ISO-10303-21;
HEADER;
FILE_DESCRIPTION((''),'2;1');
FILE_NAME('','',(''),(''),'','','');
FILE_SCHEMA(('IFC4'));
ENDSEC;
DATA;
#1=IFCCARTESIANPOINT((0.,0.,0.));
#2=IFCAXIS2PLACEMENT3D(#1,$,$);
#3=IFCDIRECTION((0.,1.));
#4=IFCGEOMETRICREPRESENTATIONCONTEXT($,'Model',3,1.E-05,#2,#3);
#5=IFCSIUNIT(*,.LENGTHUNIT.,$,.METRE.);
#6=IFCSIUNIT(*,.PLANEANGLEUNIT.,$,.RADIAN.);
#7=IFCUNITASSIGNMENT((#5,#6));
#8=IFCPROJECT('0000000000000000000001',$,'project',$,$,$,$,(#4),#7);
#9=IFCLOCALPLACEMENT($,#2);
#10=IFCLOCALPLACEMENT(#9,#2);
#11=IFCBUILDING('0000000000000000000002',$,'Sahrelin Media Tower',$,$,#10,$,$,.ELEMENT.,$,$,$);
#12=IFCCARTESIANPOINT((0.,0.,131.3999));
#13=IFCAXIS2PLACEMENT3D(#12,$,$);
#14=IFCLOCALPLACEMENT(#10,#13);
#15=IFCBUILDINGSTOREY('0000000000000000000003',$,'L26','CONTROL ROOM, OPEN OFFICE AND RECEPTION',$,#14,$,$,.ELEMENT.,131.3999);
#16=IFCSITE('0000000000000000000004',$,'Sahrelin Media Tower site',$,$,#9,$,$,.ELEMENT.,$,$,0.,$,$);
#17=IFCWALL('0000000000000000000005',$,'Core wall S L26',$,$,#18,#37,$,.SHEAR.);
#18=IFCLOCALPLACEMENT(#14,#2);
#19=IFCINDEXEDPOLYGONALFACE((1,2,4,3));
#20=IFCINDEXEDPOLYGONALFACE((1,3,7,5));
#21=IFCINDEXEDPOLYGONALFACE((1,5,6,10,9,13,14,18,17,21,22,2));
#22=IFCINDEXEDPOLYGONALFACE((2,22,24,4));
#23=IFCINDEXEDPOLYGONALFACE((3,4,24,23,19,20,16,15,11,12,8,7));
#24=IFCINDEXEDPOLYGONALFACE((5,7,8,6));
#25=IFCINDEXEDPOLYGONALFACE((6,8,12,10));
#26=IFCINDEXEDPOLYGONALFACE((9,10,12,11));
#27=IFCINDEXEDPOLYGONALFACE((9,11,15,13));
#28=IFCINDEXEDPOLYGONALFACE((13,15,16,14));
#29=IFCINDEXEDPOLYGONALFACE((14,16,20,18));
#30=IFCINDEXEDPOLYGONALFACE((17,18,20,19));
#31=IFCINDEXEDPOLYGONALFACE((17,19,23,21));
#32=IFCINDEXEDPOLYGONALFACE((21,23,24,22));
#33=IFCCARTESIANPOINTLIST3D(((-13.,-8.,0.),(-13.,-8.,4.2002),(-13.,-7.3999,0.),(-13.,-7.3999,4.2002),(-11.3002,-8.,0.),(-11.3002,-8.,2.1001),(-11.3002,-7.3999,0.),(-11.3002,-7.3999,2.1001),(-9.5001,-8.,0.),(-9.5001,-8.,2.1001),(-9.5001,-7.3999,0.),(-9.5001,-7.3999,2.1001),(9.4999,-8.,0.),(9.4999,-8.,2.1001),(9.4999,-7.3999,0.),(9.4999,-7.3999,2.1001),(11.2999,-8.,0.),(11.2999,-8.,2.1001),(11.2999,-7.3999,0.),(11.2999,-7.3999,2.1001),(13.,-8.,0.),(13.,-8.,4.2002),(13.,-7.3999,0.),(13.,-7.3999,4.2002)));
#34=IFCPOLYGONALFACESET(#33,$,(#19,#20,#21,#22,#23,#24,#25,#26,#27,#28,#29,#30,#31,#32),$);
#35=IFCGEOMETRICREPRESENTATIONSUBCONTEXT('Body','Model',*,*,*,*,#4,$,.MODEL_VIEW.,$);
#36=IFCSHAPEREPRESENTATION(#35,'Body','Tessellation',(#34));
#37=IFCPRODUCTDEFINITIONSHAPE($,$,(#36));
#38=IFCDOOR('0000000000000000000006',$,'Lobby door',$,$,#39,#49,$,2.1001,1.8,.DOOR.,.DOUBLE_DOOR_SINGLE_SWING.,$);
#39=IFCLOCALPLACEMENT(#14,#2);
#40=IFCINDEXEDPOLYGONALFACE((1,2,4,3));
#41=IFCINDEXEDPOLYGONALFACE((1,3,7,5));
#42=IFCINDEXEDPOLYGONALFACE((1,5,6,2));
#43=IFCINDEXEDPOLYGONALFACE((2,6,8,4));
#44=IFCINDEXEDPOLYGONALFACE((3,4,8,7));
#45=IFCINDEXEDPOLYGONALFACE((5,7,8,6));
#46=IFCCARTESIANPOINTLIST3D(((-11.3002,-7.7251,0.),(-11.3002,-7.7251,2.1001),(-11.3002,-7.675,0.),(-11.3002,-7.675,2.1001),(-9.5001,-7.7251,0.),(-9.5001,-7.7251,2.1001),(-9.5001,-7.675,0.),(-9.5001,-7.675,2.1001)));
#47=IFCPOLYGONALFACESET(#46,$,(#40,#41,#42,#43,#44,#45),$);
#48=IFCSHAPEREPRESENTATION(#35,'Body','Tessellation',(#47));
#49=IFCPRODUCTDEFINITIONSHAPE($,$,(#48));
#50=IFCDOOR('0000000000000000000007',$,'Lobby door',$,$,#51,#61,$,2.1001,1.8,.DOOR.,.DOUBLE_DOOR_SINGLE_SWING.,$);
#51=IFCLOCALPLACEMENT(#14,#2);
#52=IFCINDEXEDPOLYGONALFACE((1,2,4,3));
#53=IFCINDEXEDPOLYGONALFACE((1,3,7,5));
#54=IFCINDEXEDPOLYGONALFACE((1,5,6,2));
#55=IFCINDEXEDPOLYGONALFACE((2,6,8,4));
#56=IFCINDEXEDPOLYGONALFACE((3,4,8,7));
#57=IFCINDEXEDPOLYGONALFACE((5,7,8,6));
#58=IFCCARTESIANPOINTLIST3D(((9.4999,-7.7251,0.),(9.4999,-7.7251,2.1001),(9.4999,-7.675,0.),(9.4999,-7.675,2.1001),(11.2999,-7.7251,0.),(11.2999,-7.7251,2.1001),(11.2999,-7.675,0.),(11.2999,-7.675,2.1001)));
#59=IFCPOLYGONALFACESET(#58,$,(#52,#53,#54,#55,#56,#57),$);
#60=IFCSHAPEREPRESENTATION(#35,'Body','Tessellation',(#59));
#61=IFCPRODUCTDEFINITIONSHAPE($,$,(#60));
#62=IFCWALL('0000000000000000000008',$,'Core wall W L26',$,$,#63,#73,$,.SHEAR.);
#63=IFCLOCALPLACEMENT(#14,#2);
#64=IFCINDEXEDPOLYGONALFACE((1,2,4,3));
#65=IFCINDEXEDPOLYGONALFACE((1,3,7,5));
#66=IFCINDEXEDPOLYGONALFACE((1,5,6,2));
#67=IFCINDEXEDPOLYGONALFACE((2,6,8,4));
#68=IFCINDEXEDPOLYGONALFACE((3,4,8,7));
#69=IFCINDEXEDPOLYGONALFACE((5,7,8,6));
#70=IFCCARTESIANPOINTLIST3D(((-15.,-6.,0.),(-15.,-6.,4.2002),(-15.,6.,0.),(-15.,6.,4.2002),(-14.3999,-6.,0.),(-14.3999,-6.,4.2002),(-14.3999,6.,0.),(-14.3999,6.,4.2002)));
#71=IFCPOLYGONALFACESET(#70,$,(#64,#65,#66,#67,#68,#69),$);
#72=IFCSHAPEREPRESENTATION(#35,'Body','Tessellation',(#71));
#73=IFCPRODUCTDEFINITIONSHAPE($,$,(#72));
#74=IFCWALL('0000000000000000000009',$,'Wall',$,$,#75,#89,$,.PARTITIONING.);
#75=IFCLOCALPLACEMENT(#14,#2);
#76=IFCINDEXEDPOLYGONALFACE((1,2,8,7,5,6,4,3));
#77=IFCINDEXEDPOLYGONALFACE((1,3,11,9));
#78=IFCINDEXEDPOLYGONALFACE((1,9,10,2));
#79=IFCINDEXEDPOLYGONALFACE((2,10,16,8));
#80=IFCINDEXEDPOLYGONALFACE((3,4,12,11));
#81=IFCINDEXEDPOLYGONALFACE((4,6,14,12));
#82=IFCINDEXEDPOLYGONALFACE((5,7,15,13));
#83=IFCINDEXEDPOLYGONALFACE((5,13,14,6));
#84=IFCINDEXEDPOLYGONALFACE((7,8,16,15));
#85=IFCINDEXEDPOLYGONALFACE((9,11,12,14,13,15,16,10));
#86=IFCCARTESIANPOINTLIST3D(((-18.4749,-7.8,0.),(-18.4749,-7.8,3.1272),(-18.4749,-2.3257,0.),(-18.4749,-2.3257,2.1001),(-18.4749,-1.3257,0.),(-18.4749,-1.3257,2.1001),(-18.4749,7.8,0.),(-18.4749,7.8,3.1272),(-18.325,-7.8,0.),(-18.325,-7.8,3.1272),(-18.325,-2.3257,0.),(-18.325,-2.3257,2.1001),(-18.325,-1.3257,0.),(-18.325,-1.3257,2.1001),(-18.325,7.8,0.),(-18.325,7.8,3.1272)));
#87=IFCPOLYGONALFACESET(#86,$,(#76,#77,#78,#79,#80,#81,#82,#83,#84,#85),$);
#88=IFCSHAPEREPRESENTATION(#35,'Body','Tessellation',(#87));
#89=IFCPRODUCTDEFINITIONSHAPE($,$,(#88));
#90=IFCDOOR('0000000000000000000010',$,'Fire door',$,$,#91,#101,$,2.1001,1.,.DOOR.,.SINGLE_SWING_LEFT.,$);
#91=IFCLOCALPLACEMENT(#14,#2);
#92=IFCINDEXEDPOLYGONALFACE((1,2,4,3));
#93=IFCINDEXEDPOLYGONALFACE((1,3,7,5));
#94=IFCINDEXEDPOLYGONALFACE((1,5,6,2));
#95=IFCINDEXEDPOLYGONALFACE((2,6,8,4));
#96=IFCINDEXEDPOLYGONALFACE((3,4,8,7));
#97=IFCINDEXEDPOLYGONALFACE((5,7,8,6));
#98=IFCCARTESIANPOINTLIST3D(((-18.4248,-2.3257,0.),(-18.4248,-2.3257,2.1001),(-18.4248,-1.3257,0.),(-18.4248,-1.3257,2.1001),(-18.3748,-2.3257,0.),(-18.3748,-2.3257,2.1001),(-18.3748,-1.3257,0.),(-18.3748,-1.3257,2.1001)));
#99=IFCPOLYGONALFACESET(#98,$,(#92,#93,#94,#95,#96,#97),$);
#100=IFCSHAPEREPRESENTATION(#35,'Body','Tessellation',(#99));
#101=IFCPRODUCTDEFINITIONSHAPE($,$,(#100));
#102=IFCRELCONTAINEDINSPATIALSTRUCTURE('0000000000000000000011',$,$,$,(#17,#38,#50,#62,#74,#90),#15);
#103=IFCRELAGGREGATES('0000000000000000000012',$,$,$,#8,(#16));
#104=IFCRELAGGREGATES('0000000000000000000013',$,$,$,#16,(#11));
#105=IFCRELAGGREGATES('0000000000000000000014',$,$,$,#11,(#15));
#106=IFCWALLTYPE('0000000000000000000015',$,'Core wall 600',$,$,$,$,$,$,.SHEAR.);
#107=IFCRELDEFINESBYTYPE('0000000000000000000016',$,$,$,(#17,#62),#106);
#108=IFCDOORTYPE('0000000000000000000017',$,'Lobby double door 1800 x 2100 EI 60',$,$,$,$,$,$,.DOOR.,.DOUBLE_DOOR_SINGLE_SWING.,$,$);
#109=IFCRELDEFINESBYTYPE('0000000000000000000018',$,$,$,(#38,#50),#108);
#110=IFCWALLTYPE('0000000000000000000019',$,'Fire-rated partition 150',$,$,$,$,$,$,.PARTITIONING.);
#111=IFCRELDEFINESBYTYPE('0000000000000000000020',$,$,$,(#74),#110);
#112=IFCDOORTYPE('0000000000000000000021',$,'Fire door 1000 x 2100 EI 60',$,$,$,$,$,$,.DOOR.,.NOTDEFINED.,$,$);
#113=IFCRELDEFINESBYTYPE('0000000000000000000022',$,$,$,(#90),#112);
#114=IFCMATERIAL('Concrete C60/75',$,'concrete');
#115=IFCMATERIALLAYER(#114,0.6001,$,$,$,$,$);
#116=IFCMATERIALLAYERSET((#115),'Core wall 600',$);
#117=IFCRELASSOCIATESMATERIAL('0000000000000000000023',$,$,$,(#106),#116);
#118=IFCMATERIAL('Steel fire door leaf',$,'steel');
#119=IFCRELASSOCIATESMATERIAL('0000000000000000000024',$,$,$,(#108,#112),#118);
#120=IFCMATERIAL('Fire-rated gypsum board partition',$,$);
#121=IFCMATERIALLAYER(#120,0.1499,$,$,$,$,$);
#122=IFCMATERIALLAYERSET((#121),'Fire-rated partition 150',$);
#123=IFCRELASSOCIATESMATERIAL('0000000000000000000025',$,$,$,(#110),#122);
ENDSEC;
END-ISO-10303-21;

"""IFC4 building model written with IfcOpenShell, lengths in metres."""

from ifc_helpers import new_model, si_unit, direction, frame, frame_2d, origin, place, context, subcontext, project, spatial, rectangle, extrude, material, layer, layer_set, type_object, element, fill, save


model = new_model("IFC4")

# Units and contexts
model_context = context("Model", 3, precision=1e-05, world=origin(), true_north=direction((0.0, 1.0)))
body_context = subcontext(model_context, "Body", "Model", "MODEL_VIEW")
ifc_project = project(units=[si_unit("LENGTHUNIT", "METRE"), si_unit("PLANEANGLEUNIT", "RADIAN")], contexts=[model_context])

# Site, building, storey
site_placement = place(None, origin())
site = spatial("IfcSite", under=ifc_project, at=site_placement, Name="Sahrelin Media Tower site", CompositionType="ELEMENT", RefElevation=0.0)
building_placement = place(site_placement, origin())
building = spatial("IfcBuilding", under=site, at=building_placement, Name="Sahrelin Media Tower", CompositionType="ELEMENT")
storey_placement = place(building_placement, frame((0.0, 0.0, 131.3999)))
storey = spatial("IfcBuildingStorey", under=building, at=storey_placement, Name="L26", Description="CONTROL ROOM, OPEN OFFICE AND RECEPTION", CompositionType="ELEMENT", Elevation=131.3999)

# Wall, openings, doors
ifc_material_1 = material(Name="Concrete C60/75", Category="concrete")
ifc_layer_1 = layer(ifc_material_1, 0.6001)
ifc_layer_set_1 = layer_set([ifc_layer_1], Name="Core wall 600")
wall_type_1 = type_object("IfcWallType", Name="Core wall 600", PredefinedType="SHEAR", material=ifc_layer_set_1)
wall_1_placement = place(storey_placement, frame((-13.0, -7.7, 0.0), z_axis=(0.0, 0.0, 1.0), x_axis=(1.0, 0.0, 0.0)))
wall_1 = element("IfcWall", 1, at=wall_1_placement, inside=storey, type_object=wall_type_1, Name="Core wall S L26", PredefinedType="SHEAR", context=body_context, shape_type="SweptSolid", body=[
    extrude(rectangle(XDim=26.0, YDim=0.6001, at=frame_2d((13.0, 0.0))), origin(), (0.0, 0.0, 1.0), 4.2002),
])
opening_1_placement = place(wall_1_placement, frame((1.7, 0.0, 0.0)))
opening_1 = element("IfcOpeningElement", 2, at=opening_1_placement, cuts=wall_1, PredefinedType="OPENING", context=body_context, shape_type="SweptSolid", body=[
    extrude(rectangle(XDim=1.8, YDim=2.1001, at=frame_2d((0.8999, 1.05))), frame((0.0, 0.3, 0.0), z_axis=(0.0, -1.0, 0.0), x_axis=(1.0, 0.0, 0.0)), (0.0, 0.0, 1.0), 0.6001),
])
opening_2_placement = place(wall_1_placement, frame((22.5, 0.0, 0.0)))
opening_2 = element("IfcOpeningElement", 3, at=opening_2_placement, cuts=wall_1, PredefinedType="OPENING", context=body_context, shape_type="SweptSolid", body=[
    extrude(rectangle(XDim=1.8, YDim=2.1001, at=frame_2d((0.8999, 1.05))), frame((0.0, 0.3, 0.0), z_axis=(0.0, -1.0, 0.0), x_axis=(1.0, 0.0, 0.0)), (0.0, 0.0, 1.0), 0.6001),
])
ifc_material_2 = material(Name="Steel fire door leaf", Category="steel")
door_type_1 = type_object("IfcDoorType", Name="Lobby double door 1800 x 2100 EI 60", OperationType="DOUBLE_DOOR_SINGLE_SWING", PredefinedType="DOOR", material=ifc_material_2)
door_1_placement = place(opening_1_placement, origin())
door_1 = element("IfcDoor", 4, at=door_1_placement, inside=storey, type_object=door_type_1, Name="Lobby door", OperationType="DOUBLE_DOOR_SINGLE_SWING", OverallHeight=2.1001, OverallWidth=1.8, PredefinedType="DOOR", context=body_context, shape_type="SweptSolid", body=[
    extrude(rectangle(XDim=1.8, YDim=2.1001, at=frame_2d((0.8999, 1.05))), frame((0.0, 0.0249, 0.0), z_axis=(0.0, -1.0, 0.0), x_axis=(1.0, 0.0, 0.0)), (0.0, 0.0, 1.0), 0.05),
])
fill(opening_1, door_1)
door_2_placement = place(opening_2_placement, origin())
door_2 = element("IfcDoor", 5, at=door_2_placement, inside=storey, type_object=door_type_1, Name="Lobby door", OperationType="DOUBLE_DOOR_SINGLE_SWING", OverallHeight=2.1001, OverallWidth=1.8, PredefinedType="DOOR", context=body_context, shape_type="SweptSolid", body=[
    extrude(rectangle(XDim=1.8, YDim=2.1001, at=frame_2d((0.8999, 1.05))), frame((0.0, 0.0249, 0.0), z_axis=(0.0, -1.0, 0.0), x_axis=(1.0, 0.0, 0.0)), (0.0, 0.0, 1.0), 0.05),
])
fill(opening_2, door_2)

# Wall
wall_2_placement = place(storey_placement, frame((-14.7, -6.0, 0.0), z_axis=(0.0, 0.0, 1.0), x_axis=(0.0, 1.0, 0.0)))
element("IfcWall", 6, at=wall_2_placement, inside=storey, type_object=wall_type_1, Name="Core wall W L26", PredefinedType="SHEAR", context=body_context, shape_type="SweptSolid", body=[
    extrude(rectangle(XDim=12.0, YDim=0.6001, at=frame_2d((6.0, 0.0))), origin(), (0.0, 0.0, 1.0), 4.2002),
])

# Wall, opening, door
ifc_material_3 = material(Name="Fire-rated gypsum board partition")
ifc_layer_2 = layer(ifc_material_3, 0.1499)
ifc_layer_set_2 = layer_set([ifc_layer_2], Name="Fire-rated partition 150")
wall_type_2 = type_object("IfcWallType", Name="Fire-rated partition 150", PredefinedType="PARTITIONING", material=ifc_layer_set_2)
wall_3_placement = place(storey_placement, frame((-18.3999, -7.8, 0.0), z_axis=(0.0, 0.0, 1.0), x_axis=(0.0, 1.0, 0.0)))
wall_3 = element("IfcWall", 7, at=wall_3_placement, inside=storey, type_object=wall_type_2, Name="Wall", PredefinedType="PARTITIONING", context=body_context, shape_type="SweptSolid", body=[
    extrude(rectangle(XDim=15.6001, YDim=0.1499, at=frame_2d((7.8, 0.0))), origin(), (0.0, 0.0, 1.0), 3.1272),
])
opening_3_placement = place(wall_3_placement, frame((5.4744, 0.0, 0.0)))
opening_3 = element("IfcOpeningElement", 8, at=opening_3_placement, cuts=wall_3, PredefinedType="OPENING", context=body_context, shape_type="SweptSolid", body=[
    extrude(rectangle(XDim=1.0, YDim=2.1001, at=frame_2d((0.5, 1.05))), frame((0.0, 0.075, 0.0), z_axis=(0.0, -1.0, 0.0), x_axis=(1.0, 0.0, 0.0)), (0.0, 0.0, 1.0), 0.1499),
])
door_type_2 = type_object("IfcDoorType", Name="Fire door 1000 x 2100 EI 60", OperationType="NOTDEFINED", PredefinedType="DOOR", material=ifc_material_2)
door_3_placement = place(opening_3_placement, origin())
door_3 = element("IfcDoor", 9, at=door_3_placement, inside=storey, type_object=door_type_2, Name="Fire door", OperationType="SINGLE_SWING_LEFT", OverallHeight=2.1001, OverallWidth=1.0, PredefinedType="DOOR", context=body_context, shape_type="SweptSolid", body=[
    extrude(rectangle(XDim=1.0, YDim=2.1001, at=frame_2d((0.5, 1.05))), frame((0.0, 0.0249, 0.0), z_axis=(0.0, -1.0, 0.0), x_axis=(1.0, 0.0, 0.0)), (0.0, 0.0, 1.0), 0.05),
])
fill(opening_3, door_3)

save(model, "model.ifc")
